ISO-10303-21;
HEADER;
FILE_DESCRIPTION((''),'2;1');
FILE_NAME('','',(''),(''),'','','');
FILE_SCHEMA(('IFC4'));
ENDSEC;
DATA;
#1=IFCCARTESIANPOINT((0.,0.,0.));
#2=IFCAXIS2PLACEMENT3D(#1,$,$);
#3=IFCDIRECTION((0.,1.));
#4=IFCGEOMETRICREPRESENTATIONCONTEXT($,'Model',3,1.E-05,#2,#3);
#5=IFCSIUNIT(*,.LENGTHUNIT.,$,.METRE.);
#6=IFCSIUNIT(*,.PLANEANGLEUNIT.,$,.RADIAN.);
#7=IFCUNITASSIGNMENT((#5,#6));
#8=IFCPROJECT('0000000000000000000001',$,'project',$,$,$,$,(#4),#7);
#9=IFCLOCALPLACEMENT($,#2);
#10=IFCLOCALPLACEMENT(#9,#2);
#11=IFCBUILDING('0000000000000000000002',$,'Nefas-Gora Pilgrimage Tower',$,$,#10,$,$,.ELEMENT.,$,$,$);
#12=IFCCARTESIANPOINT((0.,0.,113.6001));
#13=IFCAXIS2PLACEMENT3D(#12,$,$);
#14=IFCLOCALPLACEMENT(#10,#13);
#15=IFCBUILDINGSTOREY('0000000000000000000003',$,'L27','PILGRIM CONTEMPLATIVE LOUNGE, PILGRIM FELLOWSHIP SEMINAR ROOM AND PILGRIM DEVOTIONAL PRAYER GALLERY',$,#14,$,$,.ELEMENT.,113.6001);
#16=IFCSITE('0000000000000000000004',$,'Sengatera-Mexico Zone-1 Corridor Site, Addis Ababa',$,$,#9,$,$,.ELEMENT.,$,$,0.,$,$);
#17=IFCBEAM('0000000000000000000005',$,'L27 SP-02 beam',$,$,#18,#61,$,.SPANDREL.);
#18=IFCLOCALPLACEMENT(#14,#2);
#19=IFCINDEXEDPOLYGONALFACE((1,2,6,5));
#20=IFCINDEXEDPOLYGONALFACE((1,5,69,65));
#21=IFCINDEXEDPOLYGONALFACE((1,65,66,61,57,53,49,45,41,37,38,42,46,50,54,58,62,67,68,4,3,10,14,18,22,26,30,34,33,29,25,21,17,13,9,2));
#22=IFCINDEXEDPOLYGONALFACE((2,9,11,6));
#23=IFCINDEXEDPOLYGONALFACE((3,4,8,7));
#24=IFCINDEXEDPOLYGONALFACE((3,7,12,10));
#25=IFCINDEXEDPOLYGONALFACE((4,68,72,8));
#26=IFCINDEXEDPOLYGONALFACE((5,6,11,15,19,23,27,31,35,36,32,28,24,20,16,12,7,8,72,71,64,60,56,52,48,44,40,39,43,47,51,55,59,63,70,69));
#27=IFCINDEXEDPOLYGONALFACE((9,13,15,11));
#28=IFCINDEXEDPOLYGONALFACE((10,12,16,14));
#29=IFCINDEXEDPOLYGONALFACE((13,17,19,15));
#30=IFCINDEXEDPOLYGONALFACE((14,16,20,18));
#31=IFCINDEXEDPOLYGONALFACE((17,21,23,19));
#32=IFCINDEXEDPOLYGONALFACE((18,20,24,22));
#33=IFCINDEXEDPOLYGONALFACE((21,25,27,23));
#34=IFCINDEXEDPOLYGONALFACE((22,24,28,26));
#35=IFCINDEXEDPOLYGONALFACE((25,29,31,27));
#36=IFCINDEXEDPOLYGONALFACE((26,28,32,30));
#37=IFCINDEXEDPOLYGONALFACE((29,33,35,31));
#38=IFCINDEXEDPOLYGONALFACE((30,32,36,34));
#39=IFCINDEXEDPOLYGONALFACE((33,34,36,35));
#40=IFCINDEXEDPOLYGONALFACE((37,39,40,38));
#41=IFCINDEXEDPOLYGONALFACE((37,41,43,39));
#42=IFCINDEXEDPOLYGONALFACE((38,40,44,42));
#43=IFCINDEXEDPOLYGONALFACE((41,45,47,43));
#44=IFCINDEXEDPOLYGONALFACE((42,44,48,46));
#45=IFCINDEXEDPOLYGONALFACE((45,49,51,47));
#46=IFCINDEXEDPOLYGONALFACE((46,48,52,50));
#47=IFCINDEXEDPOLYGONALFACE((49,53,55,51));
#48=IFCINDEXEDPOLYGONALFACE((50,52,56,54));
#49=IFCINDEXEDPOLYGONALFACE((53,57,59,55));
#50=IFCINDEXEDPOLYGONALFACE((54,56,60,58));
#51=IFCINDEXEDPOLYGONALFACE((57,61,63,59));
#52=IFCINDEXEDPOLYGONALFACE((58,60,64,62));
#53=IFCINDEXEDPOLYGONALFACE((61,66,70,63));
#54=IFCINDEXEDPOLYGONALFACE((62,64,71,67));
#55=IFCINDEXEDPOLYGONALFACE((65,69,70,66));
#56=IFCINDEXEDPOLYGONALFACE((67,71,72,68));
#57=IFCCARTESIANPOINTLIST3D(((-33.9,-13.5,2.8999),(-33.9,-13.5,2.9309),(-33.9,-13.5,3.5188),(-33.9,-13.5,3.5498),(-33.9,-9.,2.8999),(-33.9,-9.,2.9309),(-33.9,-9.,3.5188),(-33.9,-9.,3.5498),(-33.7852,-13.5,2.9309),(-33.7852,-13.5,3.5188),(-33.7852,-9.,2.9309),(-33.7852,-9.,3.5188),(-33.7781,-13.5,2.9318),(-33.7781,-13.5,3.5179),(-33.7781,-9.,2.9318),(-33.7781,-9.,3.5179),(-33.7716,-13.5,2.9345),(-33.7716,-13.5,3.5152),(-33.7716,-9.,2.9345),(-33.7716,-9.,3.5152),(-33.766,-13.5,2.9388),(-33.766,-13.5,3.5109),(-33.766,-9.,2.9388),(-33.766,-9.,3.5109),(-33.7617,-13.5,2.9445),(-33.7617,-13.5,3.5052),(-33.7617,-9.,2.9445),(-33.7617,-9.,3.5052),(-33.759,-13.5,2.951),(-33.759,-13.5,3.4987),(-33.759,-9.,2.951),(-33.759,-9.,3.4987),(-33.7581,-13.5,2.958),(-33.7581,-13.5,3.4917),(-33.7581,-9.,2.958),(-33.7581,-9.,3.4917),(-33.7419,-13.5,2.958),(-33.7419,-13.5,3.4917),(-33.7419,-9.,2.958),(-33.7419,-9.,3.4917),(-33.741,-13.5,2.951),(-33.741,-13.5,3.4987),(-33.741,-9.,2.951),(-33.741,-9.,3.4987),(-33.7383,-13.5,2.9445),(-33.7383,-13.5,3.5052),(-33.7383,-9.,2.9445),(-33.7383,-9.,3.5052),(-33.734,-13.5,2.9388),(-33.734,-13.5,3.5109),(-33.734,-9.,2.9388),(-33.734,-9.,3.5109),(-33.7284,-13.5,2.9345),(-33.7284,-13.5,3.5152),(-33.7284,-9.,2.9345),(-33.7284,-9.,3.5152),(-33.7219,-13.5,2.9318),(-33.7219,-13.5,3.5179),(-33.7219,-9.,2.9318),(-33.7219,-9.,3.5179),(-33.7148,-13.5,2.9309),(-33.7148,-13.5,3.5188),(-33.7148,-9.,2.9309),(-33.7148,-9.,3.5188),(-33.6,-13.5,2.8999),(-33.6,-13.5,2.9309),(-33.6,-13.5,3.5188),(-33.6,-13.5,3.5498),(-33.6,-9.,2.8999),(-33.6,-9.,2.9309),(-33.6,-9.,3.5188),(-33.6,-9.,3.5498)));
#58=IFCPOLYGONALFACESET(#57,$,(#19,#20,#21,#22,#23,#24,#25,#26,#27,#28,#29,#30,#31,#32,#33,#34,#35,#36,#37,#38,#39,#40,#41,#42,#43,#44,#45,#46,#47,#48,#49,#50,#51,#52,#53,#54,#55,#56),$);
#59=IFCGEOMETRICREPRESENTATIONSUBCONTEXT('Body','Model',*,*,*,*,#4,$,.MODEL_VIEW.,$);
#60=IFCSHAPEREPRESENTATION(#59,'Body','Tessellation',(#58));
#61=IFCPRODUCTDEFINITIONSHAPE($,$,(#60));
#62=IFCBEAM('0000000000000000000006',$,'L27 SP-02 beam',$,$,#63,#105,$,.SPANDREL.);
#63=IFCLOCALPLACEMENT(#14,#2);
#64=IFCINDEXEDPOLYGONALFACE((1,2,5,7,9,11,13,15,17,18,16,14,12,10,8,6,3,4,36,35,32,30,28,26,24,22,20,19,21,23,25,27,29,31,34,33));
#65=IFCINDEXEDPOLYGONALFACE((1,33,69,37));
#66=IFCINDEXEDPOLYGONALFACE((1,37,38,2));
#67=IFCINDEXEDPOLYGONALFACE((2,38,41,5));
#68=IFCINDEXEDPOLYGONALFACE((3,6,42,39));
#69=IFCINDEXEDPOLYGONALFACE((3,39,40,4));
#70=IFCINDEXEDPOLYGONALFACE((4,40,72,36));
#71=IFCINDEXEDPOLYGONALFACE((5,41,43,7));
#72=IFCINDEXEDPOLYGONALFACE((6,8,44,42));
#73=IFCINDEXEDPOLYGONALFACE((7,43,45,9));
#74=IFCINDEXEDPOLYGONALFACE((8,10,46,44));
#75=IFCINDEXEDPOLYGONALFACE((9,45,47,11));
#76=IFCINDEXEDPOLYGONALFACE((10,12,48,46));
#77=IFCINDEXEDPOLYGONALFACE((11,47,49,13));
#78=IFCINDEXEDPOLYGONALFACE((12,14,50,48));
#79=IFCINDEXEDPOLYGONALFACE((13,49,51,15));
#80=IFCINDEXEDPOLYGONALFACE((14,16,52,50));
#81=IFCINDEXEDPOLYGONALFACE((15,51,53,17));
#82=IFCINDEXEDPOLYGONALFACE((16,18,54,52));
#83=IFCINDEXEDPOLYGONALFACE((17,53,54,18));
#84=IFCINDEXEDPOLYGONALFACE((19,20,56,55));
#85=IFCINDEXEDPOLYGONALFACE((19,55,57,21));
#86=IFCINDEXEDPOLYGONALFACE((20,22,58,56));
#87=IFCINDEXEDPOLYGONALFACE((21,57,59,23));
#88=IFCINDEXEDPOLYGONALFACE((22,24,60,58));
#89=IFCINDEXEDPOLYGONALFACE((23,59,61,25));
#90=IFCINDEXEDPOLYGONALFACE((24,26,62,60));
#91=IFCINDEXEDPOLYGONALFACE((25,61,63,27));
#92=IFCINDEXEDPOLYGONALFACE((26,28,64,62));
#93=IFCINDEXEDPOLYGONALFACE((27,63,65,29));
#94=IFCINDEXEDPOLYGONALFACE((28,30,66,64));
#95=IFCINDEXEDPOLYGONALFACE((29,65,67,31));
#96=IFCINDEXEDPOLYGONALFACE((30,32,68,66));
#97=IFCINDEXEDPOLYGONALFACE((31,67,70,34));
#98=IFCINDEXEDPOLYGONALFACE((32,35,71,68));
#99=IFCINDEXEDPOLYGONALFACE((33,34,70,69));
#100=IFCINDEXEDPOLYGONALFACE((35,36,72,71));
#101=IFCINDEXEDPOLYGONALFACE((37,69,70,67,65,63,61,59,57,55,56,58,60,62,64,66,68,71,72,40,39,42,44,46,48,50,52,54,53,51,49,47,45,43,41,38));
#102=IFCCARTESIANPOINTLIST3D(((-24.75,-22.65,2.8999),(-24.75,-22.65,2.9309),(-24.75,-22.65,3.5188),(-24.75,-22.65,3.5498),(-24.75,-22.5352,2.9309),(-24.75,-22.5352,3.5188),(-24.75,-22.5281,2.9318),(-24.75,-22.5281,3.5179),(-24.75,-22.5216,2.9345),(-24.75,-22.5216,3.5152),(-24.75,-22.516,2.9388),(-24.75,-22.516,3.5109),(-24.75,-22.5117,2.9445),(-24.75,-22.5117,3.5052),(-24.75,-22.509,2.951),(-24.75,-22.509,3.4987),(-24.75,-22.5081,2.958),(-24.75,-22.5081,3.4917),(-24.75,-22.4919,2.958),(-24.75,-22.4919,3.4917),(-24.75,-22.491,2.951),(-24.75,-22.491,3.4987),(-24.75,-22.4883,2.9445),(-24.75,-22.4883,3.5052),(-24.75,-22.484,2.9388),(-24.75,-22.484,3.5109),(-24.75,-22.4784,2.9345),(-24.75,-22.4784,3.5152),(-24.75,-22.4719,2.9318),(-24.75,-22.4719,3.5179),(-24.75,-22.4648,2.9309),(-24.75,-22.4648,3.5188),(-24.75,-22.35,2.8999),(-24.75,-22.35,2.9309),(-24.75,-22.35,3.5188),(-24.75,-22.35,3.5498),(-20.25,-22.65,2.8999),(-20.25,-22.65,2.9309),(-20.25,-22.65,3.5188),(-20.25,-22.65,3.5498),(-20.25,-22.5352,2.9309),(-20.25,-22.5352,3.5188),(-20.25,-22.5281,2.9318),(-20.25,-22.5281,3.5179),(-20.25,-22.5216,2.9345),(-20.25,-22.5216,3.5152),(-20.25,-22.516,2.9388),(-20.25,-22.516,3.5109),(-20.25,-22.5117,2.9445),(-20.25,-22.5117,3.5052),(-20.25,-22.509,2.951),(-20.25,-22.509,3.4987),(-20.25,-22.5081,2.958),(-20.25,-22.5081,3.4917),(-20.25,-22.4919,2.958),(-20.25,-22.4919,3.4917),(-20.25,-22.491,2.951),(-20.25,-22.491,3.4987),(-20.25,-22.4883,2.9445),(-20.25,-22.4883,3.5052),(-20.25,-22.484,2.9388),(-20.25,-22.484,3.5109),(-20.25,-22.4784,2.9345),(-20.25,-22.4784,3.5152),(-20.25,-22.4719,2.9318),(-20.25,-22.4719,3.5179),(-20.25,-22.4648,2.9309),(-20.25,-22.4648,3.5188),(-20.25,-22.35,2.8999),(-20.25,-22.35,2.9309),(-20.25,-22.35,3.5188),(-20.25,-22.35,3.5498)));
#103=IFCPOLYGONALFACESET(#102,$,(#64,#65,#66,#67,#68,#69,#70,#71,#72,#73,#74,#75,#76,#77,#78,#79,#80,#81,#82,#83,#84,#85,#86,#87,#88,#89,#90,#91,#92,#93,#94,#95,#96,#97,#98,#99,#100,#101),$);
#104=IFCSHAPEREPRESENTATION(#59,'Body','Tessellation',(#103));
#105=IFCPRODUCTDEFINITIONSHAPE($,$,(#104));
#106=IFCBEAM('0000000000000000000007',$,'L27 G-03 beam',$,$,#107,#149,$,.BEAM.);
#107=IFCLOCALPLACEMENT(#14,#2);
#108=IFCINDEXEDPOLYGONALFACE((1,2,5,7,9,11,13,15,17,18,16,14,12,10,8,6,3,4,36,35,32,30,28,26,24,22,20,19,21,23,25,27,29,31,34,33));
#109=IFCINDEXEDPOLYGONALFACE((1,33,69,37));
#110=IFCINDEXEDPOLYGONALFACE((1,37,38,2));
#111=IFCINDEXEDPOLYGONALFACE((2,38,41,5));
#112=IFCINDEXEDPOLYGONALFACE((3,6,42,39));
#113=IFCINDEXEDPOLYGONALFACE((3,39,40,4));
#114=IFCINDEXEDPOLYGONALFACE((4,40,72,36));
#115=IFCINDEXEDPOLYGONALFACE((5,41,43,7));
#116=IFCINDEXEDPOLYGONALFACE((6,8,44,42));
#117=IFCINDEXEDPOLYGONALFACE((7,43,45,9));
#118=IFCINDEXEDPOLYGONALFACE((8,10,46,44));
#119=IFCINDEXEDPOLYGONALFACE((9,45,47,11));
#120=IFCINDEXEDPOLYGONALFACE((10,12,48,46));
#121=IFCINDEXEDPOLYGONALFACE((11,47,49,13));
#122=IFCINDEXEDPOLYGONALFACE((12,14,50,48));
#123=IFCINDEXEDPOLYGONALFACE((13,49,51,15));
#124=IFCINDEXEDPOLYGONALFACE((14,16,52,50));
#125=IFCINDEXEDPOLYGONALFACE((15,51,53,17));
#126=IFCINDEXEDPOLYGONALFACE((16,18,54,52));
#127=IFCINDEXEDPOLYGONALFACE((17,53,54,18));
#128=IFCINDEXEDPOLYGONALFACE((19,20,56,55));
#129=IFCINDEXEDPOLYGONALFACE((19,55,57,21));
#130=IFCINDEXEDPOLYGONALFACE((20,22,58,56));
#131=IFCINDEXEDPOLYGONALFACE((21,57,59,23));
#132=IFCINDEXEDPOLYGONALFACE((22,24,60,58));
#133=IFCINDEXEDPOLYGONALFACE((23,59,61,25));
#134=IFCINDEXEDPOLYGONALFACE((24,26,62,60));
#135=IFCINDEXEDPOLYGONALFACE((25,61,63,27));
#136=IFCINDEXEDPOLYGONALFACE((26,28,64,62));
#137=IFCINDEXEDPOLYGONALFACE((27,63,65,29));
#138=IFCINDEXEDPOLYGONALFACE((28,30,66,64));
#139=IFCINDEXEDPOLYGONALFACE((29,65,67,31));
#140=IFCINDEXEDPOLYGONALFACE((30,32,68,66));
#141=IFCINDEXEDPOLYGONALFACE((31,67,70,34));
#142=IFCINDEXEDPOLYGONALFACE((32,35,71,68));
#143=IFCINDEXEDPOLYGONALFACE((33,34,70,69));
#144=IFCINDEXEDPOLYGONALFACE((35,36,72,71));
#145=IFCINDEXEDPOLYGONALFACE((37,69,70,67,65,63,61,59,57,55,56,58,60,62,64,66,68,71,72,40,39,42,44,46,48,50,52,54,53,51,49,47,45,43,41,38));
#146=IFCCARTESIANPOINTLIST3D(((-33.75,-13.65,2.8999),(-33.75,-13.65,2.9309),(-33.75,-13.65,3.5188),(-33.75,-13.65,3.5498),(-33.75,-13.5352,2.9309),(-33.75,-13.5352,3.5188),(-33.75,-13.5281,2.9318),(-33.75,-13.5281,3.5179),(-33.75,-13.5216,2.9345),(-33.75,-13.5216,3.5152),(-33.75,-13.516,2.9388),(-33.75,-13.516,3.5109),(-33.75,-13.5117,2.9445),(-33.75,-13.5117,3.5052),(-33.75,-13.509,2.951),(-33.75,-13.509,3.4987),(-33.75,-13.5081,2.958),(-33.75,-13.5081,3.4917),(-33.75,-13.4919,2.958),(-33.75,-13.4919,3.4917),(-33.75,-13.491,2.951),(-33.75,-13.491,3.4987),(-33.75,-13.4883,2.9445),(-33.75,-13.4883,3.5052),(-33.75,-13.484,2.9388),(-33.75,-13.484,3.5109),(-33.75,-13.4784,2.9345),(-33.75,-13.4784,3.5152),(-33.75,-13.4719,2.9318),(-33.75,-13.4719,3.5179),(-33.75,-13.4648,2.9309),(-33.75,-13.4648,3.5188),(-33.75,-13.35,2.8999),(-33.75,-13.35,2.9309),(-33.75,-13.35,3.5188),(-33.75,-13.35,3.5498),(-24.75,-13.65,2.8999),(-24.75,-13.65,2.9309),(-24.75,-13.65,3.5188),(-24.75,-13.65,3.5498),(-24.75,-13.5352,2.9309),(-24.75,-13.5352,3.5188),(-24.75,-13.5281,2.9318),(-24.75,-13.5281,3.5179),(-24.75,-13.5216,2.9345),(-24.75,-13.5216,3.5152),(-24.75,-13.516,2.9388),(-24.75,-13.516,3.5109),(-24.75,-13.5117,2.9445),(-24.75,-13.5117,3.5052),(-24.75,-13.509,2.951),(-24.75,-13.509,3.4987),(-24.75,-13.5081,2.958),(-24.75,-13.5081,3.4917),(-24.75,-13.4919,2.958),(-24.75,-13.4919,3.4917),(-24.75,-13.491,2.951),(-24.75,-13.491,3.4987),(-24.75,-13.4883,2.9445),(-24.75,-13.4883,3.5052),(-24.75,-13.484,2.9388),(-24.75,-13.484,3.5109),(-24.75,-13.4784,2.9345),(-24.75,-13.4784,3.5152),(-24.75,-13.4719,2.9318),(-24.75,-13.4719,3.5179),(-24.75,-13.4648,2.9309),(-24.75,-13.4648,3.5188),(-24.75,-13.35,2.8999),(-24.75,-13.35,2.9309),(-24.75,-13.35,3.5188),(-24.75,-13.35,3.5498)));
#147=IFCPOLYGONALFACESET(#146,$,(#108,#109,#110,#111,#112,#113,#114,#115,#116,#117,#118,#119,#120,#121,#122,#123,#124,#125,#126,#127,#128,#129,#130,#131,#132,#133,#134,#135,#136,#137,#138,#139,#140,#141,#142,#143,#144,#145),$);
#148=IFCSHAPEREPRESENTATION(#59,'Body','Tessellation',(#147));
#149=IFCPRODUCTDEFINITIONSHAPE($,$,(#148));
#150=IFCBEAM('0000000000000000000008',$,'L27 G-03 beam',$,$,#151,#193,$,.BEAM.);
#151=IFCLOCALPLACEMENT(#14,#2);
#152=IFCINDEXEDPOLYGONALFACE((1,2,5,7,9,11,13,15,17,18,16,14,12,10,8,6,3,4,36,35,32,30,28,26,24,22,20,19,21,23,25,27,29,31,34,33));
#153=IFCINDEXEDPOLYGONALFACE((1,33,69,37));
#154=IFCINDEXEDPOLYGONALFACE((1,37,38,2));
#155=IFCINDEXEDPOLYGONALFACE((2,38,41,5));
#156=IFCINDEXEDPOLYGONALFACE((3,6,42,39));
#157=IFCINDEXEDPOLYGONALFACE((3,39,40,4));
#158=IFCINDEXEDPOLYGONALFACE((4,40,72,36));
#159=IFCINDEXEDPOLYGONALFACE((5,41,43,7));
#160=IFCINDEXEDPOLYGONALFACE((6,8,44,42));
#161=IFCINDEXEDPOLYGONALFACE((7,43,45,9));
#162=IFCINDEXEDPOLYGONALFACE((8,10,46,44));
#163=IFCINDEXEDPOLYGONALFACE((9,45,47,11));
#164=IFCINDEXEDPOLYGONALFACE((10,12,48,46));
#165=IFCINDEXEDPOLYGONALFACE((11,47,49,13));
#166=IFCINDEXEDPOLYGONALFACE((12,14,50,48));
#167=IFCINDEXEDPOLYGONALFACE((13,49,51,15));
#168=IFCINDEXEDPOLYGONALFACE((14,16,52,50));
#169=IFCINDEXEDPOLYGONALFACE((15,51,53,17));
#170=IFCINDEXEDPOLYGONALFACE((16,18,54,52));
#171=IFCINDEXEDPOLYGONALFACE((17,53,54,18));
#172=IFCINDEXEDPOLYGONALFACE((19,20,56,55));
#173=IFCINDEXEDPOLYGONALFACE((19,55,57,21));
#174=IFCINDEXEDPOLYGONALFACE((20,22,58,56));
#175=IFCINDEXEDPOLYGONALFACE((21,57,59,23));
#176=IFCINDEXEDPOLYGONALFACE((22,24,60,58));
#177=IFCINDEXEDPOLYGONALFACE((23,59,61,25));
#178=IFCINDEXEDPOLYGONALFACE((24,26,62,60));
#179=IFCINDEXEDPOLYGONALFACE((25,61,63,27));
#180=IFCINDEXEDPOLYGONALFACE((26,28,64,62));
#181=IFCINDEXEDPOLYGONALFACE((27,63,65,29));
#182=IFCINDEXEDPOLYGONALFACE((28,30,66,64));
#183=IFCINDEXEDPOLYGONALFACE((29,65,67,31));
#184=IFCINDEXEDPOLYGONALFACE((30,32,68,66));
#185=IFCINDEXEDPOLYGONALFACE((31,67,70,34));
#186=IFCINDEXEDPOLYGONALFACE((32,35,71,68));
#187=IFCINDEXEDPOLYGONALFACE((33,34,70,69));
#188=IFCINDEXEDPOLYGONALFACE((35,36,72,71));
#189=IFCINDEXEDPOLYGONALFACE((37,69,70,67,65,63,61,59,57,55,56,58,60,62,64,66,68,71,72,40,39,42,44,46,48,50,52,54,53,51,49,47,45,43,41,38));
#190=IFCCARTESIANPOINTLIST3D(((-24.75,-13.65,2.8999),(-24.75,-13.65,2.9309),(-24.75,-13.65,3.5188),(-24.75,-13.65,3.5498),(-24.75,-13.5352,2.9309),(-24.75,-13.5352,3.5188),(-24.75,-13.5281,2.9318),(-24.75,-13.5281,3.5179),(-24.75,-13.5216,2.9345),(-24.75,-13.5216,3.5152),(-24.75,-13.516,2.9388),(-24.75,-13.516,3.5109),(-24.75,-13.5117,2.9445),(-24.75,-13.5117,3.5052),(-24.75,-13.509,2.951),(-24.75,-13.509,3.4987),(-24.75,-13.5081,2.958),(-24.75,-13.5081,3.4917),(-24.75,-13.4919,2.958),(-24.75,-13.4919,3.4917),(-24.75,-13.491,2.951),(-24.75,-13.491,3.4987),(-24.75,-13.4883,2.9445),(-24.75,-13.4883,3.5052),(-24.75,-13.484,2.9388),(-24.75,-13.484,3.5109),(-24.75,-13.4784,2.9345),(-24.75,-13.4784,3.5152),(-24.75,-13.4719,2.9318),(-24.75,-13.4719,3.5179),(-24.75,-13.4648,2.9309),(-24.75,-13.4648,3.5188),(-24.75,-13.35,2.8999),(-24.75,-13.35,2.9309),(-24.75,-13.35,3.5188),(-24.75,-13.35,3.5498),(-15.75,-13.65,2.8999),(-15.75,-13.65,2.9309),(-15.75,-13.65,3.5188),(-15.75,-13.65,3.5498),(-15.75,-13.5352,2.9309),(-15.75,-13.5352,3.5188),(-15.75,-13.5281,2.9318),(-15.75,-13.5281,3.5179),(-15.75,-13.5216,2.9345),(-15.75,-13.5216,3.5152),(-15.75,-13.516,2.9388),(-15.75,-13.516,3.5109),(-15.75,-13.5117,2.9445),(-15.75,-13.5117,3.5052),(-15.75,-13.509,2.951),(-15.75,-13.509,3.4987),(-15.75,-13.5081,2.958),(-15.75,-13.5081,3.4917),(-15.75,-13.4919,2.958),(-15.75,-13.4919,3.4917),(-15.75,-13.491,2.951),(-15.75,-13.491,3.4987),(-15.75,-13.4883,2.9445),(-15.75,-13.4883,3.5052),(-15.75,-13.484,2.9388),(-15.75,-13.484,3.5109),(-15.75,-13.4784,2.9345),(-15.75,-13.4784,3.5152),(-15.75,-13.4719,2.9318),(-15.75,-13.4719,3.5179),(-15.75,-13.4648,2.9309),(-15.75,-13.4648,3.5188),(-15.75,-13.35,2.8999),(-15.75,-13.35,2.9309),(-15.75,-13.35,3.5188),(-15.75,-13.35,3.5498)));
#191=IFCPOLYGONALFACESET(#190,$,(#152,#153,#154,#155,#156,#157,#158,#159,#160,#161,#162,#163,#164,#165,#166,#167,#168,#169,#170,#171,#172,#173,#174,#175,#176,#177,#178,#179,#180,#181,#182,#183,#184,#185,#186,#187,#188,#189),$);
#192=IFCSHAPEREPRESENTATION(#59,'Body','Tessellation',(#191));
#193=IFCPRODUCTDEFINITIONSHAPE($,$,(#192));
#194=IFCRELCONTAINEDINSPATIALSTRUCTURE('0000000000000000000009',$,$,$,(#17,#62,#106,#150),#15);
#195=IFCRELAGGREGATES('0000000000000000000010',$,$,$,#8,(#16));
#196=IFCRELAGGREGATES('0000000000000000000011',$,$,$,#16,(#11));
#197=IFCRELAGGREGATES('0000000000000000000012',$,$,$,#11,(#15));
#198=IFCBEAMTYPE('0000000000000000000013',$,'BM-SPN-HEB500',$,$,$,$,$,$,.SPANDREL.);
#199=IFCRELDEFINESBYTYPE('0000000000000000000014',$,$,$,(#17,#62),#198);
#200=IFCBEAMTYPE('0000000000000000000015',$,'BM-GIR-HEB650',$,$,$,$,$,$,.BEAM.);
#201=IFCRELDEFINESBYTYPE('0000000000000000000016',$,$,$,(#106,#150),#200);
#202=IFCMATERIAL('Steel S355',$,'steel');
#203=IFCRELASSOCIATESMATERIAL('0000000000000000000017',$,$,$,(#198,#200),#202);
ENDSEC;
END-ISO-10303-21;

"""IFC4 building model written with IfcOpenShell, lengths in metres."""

from ifc_helpers import new_model, si_unit, direction, frame, origin, origin_2d, place, context, subcontext, project, spatial, i_section, extrude, source, transform, mapped, material, material_profile, profile_set, type_object, element, save


model = new_model("IFC4")

# Units and contexts
model_context = context("Model", 3, precision=1e-05, world=origin(), true_north=direction((0.0, 1.0)))
body_context = subcontext(model_context, "Body", "Model", "MODEL_VIEW")
ifc_project = project(units=[si_unit("LENGTHUNIT", "METRE"), si_unit("PLANEANGLEUNIT", "RADIAN")], contexts=[model_context])

# Site, building, storey
site_placement = place(None, origin())
site = spatial("IfcSite", under=ifc_project, at=site_placement, Name="Sengatera-Mexico Zone-1 Corridor Site, Addis Ababa", CompositionType="ELEMENT", RefElevation=0.0)
building_placement = place(site_placement, origin())
building = spatial("IfcBuilding", under=site, at=building_placement, Name="Nefas-Gora Pilgrimage Tower", CompositionType="ELEMENT")
storey_placement = place(building_placement, frame((0.0, 0.0, 113.6001)))
storey = spatial("IfcBuildingStorey", under=building, at=storey_placement, Name="L27", Description="PILGRIM CONTEMPLATIVE LOUNGE, PILGRIM FELLOWSHIP SEMINAR ROOM AND PILGRIM DEVOTIONAL PRAYER GALLERY", CompositionType="ELEMENT", Elevation=113.6001)

# Beams
ifc_material_1 = material(Name="Steel S355", Category="steel")
ifc_material_profile_1 = material_profile(ifc_material_1, i_section(OverallWidth=0.3, OverallDepth=0.6499, WebThickness=0.0161, FlangeThickness=0.031, FilletRadius=0.0271, at=origin_2d()), Name="HEB 650")
ifc_profile_set_1 = profile_set([ifc_material_profile_1], Name="Steel S355")
beam_type_1 = type_object("IfcBeamType", Name="BM-SPN-HEB500", PredefinedType="SPANDREL", material=ifc_profile_set_1)
shared_shape_1 = source(origin(), body_context, "Body", "SweptSolid", [
    extrude(i_section(OverallWidth=0.3, OverallDepth=0.6499, WebThickness=0.0161, FlangeThickness=0.031, FilletRadius=0.0271, at=origin_2d()), origin(), (0.0, 0.0, 1.0), 4.5),
])
for number, where, z_axis, x_axis, name in (
    (1, (-33.75, -13.5, 3.2249), (0.0, 1.0, 0.0), (-1.0, 0.0, 0.0), "L27 SP-02 beam"),
    (2, (-24.75, -22.5, 3.2249), (1.0, 0.0, 0.0), (0.0, 1.0, 0.0), "L27 SP-02 beam"),
):
    element("IfcBeam", number, at=place(storey_placement, frame(where, z_axis=z_axis, x_axis=x_axis)), inside=storey, type_object=beam_type_1, Name=name, PredefinedType="SPANDREL", context=body_context, shape_type="MappedRepresentation", body=[
        mapped(shared_shape_1, transform((0.0, 0.0, 0.0), x_axis=(1.0, 0.0, 0.0), y_axis=(0.0, 1.0, 0.0), z_axis=(0.0, 0.0, 1.0), scale=1.0)),
    ])
ifc_material_profile_2 = material_profile(ifc_material_1, i_section(OverallWidth=0.3, OverallDepth=0.6499, WebThickness=0.0161, FlangeThickness=0.031, FilletRadius=0.0271, at=origin_2d()), Name="HEB 650")
ifc_profile_set_2 = profile_set([ifc_material_profile_2], Name="Steel S355")
beam_type_2 = type_object("IfcBeamType", Name="BM-GIR-HEB650", PredefinedType="BEAM", material=ifc_profile_set_2)
shared_shape_2 = source(origin(), body_context, "Body", "SweptSolid", [
    extrude(i_section(OverallWidth=0.3, OverallDepth=0.6499, WebThickness=0.0161, FlangeThickness=0.031, FilletRadius=0.0271, at=origin_2d()), origin(), (0.0, 0.0, 1.0), 9.0),
])
for number, where, z_axis, x_axis, name in (
    (3, (-33.75, -13.5, 3.2249), (1.0, 0.0, 0.0), (0.0, 1.0, 0.0), "L27 G-03 beam"),
    (4, (-24.75, -13.5, 3.2249), (1.0, 0.0, 0.0), (0.0, 1.0, 0.0), "L27 G-03 beam"),
):
    element("IfcBeam", number, at=place(storey_placement, frame(where, z_axis=z_axis, x_axis=x_axis)), inside=storey, type_object=beam_type_2, Name=name, PredefinedType="BEAM", context=body_context, shape_type="MappedRepresentation", body=[
        mapped(shared_shape_2, transform((0.0, 0.0, 0.0), x_axis=(1.0, 0.0, 0.0), y_axis=(0.0, 1.0, 0.0), z_axis=(0.0, 0.0, 1.0), scale=1.0)),
    ])

save(model, "model.ifc")
